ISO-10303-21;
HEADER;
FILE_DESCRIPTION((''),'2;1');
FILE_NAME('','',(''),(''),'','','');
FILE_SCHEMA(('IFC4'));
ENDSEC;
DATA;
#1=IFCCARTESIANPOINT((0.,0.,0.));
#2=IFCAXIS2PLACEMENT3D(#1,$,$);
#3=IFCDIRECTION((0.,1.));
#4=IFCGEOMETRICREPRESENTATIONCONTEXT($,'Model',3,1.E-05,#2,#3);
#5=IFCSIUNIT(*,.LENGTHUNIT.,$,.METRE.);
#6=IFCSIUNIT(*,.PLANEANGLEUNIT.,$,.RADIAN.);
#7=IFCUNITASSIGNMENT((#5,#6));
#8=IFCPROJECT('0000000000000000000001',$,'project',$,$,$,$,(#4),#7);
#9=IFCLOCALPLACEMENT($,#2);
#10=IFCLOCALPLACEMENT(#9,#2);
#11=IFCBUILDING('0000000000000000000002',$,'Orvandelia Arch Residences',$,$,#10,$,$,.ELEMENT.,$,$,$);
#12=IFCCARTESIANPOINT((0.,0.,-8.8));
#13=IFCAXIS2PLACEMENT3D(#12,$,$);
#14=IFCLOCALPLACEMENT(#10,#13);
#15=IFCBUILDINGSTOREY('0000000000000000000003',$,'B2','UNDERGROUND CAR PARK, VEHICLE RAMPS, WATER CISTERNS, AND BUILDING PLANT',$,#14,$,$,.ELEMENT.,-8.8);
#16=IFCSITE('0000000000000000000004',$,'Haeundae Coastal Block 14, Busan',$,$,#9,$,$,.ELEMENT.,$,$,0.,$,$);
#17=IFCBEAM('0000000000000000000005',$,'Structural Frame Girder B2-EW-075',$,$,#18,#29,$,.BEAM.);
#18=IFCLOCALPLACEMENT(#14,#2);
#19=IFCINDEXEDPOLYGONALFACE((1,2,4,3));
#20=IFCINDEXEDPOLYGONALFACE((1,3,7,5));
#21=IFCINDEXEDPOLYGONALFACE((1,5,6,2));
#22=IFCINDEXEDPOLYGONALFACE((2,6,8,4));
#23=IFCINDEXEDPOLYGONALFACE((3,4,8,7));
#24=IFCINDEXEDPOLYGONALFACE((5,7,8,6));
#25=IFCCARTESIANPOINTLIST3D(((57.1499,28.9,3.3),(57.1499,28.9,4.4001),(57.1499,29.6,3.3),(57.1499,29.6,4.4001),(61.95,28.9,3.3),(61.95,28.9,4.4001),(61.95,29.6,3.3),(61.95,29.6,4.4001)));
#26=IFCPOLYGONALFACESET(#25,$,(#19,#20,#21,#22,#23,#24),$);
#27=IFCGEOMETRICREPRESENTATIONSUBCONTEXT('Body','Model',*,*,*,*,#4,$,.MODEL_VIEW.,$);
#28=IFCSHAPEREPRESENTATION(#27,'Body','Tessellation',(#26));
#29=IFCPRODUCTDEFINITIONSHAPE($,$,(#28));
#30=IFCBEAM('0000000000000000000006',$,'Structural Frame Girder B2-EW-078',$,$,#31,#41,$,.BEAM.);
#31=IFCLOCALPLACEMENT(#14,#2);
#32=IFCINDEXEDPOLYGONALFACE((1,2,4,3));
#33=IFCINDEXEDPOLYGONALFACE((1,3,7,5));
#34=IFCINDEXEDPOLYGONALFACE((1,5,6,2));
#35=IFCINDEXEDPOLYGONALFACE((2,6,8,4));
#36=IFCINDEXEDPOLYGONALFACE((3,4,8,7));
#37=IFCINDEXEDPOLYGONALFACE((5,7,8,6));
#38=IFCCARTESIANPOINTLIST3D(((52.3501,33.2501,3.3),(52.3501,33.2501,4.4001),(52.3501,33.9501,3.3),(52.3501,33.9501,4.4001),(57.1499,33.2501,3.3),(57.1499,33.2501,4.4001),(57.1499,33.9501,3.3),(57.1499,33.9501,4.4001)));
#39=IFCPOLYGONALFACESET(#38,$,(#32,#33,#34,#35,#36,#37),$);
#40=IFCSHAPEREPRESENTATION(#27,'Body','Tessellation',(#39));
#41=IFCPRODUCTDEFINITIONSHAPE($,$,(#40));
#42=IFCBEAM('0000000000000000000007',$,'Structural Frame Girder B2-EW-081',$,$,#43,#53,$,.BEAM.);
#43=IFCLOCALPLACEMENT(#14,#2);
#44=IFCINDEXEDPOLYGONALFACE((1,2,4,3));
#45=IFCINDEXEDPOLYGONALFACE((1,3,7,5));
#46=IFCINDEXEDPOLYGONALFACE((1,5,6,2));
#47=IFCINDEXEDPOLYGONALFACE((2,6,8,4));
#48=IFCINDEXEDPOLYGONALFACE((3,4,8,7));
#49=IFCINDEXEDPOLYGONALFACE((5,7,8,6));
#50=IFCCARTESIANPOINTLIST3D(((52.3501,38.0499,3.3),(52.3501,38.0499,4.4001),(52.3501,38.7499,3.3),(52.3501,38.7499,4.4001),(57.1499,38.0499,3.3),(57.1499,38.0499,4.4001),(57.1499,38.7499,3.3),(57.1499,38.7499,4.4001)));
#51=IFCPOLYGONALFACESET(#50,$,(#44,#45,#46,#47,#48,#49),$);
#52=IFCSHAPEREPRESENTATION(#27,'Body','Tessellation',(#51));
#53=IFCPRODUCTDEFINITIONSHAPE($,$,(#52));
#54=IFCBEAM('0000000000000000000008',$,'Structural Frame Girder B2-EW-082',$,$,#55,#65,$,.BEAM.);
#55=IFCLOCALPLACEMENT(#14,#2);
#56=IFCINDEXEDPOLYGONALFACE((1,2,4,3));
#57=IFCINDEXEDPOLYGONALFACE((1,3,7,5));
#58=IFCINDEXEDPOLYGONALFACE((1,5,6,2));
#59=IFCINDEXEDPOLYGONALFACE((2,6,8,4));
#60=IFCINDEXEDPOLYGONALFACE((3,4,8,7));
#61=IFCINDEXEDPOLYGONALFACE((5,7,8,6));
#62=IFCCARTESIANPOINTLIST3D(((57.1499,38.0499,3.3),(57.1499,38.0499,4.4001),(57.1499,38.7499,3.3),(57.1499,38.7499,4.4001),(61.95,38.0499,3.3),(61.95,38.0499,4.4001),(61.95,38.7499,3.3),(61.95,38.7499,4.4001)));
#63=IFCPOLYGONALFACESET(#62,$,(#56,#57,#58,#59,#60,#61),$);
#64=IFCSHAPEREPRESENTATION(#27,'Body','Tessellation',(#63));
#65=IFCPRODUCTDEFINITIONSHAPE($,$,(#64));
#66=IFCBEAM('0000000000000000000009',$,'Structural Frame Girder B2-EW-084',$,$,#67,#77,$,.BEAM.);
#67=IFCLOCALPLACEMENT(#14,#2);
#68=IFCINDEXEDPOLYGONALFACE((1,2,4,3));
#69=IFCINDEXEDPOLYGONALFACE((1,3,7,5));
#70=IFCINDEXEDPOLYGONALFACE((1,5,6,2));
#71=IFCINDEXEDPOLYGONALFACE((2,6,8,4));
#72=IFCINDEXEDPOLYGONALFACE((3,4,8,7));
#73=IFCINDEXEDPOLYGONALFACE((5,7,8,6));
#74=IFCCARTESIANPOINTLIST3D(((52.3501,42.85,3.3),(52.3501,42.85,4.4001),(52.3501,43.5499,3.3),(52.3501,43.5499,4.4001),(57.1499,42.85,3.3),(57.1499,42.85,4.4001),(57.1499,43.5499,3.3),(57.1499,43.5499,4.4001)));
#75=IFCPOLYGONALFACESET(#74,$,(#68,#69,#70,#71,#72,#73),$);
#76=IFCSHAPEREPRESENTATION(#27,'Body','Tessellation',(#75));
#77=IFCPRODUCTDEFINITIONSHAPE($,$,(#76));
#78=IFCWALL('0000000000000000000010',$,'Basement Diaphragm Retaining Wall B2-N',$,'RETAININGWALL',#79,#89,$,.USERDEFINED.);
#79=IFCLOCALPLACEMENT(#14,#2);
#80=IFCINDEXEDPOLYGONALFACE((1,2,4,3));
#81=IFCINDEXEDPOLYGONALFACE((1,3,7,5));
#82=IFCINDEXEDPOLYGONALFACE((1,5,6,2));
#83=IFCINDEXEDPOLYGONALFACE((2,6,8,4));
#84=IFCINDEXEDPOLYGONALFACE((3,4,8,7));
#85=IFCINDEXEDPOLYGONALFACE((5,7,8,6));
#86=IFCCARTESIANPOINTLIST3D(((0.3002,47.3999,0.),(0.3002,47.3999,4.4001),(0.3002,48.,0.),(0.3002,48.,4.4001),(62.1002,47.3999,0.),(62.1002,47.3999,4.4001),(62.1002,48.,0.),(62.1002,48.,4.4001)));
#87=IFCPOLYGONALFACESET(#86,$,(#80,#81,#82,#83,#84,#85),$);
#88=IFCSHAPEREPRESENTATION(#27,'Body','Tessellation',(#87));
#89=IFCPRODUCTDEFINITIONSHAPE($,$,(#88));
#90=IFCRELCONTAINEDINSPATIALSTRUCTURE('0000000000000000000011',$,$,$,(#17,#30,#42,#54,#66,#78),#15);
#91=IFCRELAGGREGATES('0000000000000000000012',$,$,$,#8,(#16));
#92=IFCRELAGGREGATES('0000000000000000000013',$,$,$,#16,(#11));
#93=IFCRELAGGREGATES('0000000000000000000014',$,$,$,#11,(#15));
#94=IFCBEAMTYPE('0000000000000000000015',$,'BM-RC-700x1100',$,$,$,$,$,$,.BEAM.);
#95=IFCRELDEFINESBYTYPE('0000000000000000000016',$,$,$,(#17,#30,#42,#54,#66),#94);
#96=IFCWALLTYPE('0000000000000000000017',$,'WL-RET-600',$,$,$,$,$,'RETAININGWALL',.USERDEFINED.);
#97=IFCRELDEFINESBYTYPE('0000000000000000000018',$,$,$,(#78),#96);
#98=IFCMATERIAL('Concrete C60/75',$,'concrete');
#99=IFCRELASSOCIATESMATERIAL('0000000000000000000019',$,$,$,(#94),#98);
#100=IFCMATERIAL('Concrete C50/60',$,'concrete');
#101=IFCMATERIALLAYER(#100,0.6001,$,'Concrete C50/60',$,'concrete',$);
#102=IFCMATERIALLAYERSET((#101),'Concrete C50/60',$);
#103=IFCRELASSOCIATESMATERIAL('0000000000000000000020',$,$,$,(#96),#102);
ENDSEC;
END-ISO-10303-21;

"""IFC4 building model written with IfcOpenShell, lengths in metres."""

from ifc_helpers import new_model, si_unit, direction, frame, frame_2d, origin, origin_2d, place, context, subcontext, project, spatial, rectangle, extrude, material, layer, layer_set, material_profile, profile_set, type_object, element, save


model = new_model("IFC4")

# Units and contexts
model_context = context("Model", 3, precision=1e-05, world=origin(), true_north=direction((0.0, 1.0)))
body_context = subcontext(model_context, "Body", "Model", "MODEL_VIEW")
ifc_project = project(units=[si_unit("LENGTHUNIT", "METRE"), si_unit("PLANEANGLEUNIT", "RADIAN")], contexts=[model_context])

# Site, building, storey
site_placement = place(None, origin())
site = spatial("IfcSite", under=ifc_project, at=site_placement, Name="Haeundae Coastal Block 14, Busan", CompositionType="ELEMENT", RefElevation=0.0)
building_placement = place(site_placement, origin())
building = spatial("IfcBuilding", under=site, at=building_placement, Name="Orvandelia Arch Residences", CompositionType="ELEMENT")
storey_placement = place(building_placement, frame((0.0, 0.0, -8.8)))
storey = spatial("IfcBuildingStorey", under=building, at=storey_placement, Name="B2", Description="UNDERGROUND CAR PARK, VEHICLE RAMPS, WATER CISTERNS, AND BUILDING PLANT", CompositionType="ELEMENT", Elevation=-8.8)

# Shared definitions
ifc_material_1 = material(Name="Concrete C50/60", Category="concrete")
ifc_material_2 = material(Name="Concrete C60/75", Category="concrete")

# Beams
ifc_material_profile_1 = material_profile(ifc_material_2, rectangle(XDim=0.7, YDim=1.1001, at=origin_2d()), Name="Concrete C60/75", Category="concrete")
ifc_profile_set_1 = profile_set([ifc_material_profile_1], Name="Concrete C60/75")
beam_type_1 = type_object("IfcBeamType", Name="BM-RC-700x1100", PredefinedType="BEAM", material=ifc_profile_set_1)
beam_1_placement = place(storey_placement, frame((57.1499, 29.25, 3.8501), z_axis=(1.0, 0.0, 0.0), x_axis=(0.0, 1.0, 0.0)))
element("IfcBeam", 1, at=beam_1_placement, inside=storey, type_object=beam_type_1, Name="Structural Frame Girder B2-EW-075", PredefinedType="BEAM", context=body_context, shape_type="SweptSolid", body=[
    extrude(rectangle(XDim=0.7, YDim=1.1001, at=origin_2d()), origin(), (0.0, 0.0, 1.0), 4.8),
])
for number, where, z_axis, x_axis, name in (
    (2, (52.3501, 33.6001, 3.8501), (1.0, 0.0, 0.0), (0.0, 1.0, 0.0), "Structural Frame Girder B2-EW-078"),
    (3, (52.3501, 38.3999, 3.8501), (1.0, 0.0, 0.0), (0.0, 1.0, 0.0), "Structural Frame Girder B2-EW-081"),
):
    element("IfcBeam", number, at=place(storey_placement, frame(where, z_axis=z_axis, x_axis=x_axis)), inside=storey, type_object=beam_type_1, Name=name, PredefinedType="BEAM", context=body_context, shape_type="SweptSolid", body=[
        extrude(rectangle(XDim=0.7, YDim=1.1001, at=origin_2d()), origin(), (0.0, 0.0, 1.0), 4.7998),
    ])
beam_2_placement = place(storey_placement, frame((57.1499, 38.3999, 3.8501), z_axis=(1.0, 0.0, 0.0), x_axis=(0.0, 1.0, 0.0)))
element("IfcBeam", 4, at=beam_2_placement, inside=storey, type_object=beam_type_1, Name="Structural Frame Girder B2-EW-082", PredefinedType="BEAM", context=body_context, shape_type="SweptSolid", body=[
    extrude(rectangle(XDim=0.7, YDim=1.1001, at=origin_2d()), origin(), (0.0, 0.0, 1.0), 4.8),
])
beam_3_placement = place(storey_placement, frame((52.3501, 43.2, 3.8501), z_axis=(1.0, 0.0, 0.0), x_axis=(0.0, 1.0, 0.0)))
element("IfcBeam", 5, at=beam_3_placement, inside=storey, type_object=beam_type_1, Name="Structural Frame Girder B2-EW-084", PredefinedType="BEAM", context=body_context, shape_type="SweptSolid", body=[
    extrude(rectangle(XDim=0.7, YDim=1.1001, at=origin_2d()), origin(), (0.0, 0.0, 1.0), 4.7998),
])

# Wall
ifc_layer = layer(ifc_material_1, 0.6001, Name="Concrete C50/60", Category="concrete")
ifc_layer_set = layer_set([ifc_layer], Name="Concrete C50/60")
wall_type = type_object("IfcWallType", Name="WL-RET-600", ElementType="RETAININGWALL", PredefinedType="USERDEFINED", material=ifc_layer_set)
wall_placement = place(storey_placement, frame((62.1001, 47.7, 0.0), z_axis=(0.0, 0.0, 1.0), x_axis=(-1.0, 0.0, 0.0)))
element("IfcWall", 6, at=wall_placement, inside=storey, type_object=wall_type, Name="Basement Diaphragm Retaining Wall B2-N", ObjectType="RETAININGWALL", PredefinedType="USERDEFINED", context=body_context, shape_type="SweptSolid", body=[
    extrude(rectangle(XDim=61.8, YDim=0.6001, at=frame_2d((30.8999, 0.0))), origin(), (0.0, 0.0, 1.0), 4.4001),
])

save(model, "model.ifc")
